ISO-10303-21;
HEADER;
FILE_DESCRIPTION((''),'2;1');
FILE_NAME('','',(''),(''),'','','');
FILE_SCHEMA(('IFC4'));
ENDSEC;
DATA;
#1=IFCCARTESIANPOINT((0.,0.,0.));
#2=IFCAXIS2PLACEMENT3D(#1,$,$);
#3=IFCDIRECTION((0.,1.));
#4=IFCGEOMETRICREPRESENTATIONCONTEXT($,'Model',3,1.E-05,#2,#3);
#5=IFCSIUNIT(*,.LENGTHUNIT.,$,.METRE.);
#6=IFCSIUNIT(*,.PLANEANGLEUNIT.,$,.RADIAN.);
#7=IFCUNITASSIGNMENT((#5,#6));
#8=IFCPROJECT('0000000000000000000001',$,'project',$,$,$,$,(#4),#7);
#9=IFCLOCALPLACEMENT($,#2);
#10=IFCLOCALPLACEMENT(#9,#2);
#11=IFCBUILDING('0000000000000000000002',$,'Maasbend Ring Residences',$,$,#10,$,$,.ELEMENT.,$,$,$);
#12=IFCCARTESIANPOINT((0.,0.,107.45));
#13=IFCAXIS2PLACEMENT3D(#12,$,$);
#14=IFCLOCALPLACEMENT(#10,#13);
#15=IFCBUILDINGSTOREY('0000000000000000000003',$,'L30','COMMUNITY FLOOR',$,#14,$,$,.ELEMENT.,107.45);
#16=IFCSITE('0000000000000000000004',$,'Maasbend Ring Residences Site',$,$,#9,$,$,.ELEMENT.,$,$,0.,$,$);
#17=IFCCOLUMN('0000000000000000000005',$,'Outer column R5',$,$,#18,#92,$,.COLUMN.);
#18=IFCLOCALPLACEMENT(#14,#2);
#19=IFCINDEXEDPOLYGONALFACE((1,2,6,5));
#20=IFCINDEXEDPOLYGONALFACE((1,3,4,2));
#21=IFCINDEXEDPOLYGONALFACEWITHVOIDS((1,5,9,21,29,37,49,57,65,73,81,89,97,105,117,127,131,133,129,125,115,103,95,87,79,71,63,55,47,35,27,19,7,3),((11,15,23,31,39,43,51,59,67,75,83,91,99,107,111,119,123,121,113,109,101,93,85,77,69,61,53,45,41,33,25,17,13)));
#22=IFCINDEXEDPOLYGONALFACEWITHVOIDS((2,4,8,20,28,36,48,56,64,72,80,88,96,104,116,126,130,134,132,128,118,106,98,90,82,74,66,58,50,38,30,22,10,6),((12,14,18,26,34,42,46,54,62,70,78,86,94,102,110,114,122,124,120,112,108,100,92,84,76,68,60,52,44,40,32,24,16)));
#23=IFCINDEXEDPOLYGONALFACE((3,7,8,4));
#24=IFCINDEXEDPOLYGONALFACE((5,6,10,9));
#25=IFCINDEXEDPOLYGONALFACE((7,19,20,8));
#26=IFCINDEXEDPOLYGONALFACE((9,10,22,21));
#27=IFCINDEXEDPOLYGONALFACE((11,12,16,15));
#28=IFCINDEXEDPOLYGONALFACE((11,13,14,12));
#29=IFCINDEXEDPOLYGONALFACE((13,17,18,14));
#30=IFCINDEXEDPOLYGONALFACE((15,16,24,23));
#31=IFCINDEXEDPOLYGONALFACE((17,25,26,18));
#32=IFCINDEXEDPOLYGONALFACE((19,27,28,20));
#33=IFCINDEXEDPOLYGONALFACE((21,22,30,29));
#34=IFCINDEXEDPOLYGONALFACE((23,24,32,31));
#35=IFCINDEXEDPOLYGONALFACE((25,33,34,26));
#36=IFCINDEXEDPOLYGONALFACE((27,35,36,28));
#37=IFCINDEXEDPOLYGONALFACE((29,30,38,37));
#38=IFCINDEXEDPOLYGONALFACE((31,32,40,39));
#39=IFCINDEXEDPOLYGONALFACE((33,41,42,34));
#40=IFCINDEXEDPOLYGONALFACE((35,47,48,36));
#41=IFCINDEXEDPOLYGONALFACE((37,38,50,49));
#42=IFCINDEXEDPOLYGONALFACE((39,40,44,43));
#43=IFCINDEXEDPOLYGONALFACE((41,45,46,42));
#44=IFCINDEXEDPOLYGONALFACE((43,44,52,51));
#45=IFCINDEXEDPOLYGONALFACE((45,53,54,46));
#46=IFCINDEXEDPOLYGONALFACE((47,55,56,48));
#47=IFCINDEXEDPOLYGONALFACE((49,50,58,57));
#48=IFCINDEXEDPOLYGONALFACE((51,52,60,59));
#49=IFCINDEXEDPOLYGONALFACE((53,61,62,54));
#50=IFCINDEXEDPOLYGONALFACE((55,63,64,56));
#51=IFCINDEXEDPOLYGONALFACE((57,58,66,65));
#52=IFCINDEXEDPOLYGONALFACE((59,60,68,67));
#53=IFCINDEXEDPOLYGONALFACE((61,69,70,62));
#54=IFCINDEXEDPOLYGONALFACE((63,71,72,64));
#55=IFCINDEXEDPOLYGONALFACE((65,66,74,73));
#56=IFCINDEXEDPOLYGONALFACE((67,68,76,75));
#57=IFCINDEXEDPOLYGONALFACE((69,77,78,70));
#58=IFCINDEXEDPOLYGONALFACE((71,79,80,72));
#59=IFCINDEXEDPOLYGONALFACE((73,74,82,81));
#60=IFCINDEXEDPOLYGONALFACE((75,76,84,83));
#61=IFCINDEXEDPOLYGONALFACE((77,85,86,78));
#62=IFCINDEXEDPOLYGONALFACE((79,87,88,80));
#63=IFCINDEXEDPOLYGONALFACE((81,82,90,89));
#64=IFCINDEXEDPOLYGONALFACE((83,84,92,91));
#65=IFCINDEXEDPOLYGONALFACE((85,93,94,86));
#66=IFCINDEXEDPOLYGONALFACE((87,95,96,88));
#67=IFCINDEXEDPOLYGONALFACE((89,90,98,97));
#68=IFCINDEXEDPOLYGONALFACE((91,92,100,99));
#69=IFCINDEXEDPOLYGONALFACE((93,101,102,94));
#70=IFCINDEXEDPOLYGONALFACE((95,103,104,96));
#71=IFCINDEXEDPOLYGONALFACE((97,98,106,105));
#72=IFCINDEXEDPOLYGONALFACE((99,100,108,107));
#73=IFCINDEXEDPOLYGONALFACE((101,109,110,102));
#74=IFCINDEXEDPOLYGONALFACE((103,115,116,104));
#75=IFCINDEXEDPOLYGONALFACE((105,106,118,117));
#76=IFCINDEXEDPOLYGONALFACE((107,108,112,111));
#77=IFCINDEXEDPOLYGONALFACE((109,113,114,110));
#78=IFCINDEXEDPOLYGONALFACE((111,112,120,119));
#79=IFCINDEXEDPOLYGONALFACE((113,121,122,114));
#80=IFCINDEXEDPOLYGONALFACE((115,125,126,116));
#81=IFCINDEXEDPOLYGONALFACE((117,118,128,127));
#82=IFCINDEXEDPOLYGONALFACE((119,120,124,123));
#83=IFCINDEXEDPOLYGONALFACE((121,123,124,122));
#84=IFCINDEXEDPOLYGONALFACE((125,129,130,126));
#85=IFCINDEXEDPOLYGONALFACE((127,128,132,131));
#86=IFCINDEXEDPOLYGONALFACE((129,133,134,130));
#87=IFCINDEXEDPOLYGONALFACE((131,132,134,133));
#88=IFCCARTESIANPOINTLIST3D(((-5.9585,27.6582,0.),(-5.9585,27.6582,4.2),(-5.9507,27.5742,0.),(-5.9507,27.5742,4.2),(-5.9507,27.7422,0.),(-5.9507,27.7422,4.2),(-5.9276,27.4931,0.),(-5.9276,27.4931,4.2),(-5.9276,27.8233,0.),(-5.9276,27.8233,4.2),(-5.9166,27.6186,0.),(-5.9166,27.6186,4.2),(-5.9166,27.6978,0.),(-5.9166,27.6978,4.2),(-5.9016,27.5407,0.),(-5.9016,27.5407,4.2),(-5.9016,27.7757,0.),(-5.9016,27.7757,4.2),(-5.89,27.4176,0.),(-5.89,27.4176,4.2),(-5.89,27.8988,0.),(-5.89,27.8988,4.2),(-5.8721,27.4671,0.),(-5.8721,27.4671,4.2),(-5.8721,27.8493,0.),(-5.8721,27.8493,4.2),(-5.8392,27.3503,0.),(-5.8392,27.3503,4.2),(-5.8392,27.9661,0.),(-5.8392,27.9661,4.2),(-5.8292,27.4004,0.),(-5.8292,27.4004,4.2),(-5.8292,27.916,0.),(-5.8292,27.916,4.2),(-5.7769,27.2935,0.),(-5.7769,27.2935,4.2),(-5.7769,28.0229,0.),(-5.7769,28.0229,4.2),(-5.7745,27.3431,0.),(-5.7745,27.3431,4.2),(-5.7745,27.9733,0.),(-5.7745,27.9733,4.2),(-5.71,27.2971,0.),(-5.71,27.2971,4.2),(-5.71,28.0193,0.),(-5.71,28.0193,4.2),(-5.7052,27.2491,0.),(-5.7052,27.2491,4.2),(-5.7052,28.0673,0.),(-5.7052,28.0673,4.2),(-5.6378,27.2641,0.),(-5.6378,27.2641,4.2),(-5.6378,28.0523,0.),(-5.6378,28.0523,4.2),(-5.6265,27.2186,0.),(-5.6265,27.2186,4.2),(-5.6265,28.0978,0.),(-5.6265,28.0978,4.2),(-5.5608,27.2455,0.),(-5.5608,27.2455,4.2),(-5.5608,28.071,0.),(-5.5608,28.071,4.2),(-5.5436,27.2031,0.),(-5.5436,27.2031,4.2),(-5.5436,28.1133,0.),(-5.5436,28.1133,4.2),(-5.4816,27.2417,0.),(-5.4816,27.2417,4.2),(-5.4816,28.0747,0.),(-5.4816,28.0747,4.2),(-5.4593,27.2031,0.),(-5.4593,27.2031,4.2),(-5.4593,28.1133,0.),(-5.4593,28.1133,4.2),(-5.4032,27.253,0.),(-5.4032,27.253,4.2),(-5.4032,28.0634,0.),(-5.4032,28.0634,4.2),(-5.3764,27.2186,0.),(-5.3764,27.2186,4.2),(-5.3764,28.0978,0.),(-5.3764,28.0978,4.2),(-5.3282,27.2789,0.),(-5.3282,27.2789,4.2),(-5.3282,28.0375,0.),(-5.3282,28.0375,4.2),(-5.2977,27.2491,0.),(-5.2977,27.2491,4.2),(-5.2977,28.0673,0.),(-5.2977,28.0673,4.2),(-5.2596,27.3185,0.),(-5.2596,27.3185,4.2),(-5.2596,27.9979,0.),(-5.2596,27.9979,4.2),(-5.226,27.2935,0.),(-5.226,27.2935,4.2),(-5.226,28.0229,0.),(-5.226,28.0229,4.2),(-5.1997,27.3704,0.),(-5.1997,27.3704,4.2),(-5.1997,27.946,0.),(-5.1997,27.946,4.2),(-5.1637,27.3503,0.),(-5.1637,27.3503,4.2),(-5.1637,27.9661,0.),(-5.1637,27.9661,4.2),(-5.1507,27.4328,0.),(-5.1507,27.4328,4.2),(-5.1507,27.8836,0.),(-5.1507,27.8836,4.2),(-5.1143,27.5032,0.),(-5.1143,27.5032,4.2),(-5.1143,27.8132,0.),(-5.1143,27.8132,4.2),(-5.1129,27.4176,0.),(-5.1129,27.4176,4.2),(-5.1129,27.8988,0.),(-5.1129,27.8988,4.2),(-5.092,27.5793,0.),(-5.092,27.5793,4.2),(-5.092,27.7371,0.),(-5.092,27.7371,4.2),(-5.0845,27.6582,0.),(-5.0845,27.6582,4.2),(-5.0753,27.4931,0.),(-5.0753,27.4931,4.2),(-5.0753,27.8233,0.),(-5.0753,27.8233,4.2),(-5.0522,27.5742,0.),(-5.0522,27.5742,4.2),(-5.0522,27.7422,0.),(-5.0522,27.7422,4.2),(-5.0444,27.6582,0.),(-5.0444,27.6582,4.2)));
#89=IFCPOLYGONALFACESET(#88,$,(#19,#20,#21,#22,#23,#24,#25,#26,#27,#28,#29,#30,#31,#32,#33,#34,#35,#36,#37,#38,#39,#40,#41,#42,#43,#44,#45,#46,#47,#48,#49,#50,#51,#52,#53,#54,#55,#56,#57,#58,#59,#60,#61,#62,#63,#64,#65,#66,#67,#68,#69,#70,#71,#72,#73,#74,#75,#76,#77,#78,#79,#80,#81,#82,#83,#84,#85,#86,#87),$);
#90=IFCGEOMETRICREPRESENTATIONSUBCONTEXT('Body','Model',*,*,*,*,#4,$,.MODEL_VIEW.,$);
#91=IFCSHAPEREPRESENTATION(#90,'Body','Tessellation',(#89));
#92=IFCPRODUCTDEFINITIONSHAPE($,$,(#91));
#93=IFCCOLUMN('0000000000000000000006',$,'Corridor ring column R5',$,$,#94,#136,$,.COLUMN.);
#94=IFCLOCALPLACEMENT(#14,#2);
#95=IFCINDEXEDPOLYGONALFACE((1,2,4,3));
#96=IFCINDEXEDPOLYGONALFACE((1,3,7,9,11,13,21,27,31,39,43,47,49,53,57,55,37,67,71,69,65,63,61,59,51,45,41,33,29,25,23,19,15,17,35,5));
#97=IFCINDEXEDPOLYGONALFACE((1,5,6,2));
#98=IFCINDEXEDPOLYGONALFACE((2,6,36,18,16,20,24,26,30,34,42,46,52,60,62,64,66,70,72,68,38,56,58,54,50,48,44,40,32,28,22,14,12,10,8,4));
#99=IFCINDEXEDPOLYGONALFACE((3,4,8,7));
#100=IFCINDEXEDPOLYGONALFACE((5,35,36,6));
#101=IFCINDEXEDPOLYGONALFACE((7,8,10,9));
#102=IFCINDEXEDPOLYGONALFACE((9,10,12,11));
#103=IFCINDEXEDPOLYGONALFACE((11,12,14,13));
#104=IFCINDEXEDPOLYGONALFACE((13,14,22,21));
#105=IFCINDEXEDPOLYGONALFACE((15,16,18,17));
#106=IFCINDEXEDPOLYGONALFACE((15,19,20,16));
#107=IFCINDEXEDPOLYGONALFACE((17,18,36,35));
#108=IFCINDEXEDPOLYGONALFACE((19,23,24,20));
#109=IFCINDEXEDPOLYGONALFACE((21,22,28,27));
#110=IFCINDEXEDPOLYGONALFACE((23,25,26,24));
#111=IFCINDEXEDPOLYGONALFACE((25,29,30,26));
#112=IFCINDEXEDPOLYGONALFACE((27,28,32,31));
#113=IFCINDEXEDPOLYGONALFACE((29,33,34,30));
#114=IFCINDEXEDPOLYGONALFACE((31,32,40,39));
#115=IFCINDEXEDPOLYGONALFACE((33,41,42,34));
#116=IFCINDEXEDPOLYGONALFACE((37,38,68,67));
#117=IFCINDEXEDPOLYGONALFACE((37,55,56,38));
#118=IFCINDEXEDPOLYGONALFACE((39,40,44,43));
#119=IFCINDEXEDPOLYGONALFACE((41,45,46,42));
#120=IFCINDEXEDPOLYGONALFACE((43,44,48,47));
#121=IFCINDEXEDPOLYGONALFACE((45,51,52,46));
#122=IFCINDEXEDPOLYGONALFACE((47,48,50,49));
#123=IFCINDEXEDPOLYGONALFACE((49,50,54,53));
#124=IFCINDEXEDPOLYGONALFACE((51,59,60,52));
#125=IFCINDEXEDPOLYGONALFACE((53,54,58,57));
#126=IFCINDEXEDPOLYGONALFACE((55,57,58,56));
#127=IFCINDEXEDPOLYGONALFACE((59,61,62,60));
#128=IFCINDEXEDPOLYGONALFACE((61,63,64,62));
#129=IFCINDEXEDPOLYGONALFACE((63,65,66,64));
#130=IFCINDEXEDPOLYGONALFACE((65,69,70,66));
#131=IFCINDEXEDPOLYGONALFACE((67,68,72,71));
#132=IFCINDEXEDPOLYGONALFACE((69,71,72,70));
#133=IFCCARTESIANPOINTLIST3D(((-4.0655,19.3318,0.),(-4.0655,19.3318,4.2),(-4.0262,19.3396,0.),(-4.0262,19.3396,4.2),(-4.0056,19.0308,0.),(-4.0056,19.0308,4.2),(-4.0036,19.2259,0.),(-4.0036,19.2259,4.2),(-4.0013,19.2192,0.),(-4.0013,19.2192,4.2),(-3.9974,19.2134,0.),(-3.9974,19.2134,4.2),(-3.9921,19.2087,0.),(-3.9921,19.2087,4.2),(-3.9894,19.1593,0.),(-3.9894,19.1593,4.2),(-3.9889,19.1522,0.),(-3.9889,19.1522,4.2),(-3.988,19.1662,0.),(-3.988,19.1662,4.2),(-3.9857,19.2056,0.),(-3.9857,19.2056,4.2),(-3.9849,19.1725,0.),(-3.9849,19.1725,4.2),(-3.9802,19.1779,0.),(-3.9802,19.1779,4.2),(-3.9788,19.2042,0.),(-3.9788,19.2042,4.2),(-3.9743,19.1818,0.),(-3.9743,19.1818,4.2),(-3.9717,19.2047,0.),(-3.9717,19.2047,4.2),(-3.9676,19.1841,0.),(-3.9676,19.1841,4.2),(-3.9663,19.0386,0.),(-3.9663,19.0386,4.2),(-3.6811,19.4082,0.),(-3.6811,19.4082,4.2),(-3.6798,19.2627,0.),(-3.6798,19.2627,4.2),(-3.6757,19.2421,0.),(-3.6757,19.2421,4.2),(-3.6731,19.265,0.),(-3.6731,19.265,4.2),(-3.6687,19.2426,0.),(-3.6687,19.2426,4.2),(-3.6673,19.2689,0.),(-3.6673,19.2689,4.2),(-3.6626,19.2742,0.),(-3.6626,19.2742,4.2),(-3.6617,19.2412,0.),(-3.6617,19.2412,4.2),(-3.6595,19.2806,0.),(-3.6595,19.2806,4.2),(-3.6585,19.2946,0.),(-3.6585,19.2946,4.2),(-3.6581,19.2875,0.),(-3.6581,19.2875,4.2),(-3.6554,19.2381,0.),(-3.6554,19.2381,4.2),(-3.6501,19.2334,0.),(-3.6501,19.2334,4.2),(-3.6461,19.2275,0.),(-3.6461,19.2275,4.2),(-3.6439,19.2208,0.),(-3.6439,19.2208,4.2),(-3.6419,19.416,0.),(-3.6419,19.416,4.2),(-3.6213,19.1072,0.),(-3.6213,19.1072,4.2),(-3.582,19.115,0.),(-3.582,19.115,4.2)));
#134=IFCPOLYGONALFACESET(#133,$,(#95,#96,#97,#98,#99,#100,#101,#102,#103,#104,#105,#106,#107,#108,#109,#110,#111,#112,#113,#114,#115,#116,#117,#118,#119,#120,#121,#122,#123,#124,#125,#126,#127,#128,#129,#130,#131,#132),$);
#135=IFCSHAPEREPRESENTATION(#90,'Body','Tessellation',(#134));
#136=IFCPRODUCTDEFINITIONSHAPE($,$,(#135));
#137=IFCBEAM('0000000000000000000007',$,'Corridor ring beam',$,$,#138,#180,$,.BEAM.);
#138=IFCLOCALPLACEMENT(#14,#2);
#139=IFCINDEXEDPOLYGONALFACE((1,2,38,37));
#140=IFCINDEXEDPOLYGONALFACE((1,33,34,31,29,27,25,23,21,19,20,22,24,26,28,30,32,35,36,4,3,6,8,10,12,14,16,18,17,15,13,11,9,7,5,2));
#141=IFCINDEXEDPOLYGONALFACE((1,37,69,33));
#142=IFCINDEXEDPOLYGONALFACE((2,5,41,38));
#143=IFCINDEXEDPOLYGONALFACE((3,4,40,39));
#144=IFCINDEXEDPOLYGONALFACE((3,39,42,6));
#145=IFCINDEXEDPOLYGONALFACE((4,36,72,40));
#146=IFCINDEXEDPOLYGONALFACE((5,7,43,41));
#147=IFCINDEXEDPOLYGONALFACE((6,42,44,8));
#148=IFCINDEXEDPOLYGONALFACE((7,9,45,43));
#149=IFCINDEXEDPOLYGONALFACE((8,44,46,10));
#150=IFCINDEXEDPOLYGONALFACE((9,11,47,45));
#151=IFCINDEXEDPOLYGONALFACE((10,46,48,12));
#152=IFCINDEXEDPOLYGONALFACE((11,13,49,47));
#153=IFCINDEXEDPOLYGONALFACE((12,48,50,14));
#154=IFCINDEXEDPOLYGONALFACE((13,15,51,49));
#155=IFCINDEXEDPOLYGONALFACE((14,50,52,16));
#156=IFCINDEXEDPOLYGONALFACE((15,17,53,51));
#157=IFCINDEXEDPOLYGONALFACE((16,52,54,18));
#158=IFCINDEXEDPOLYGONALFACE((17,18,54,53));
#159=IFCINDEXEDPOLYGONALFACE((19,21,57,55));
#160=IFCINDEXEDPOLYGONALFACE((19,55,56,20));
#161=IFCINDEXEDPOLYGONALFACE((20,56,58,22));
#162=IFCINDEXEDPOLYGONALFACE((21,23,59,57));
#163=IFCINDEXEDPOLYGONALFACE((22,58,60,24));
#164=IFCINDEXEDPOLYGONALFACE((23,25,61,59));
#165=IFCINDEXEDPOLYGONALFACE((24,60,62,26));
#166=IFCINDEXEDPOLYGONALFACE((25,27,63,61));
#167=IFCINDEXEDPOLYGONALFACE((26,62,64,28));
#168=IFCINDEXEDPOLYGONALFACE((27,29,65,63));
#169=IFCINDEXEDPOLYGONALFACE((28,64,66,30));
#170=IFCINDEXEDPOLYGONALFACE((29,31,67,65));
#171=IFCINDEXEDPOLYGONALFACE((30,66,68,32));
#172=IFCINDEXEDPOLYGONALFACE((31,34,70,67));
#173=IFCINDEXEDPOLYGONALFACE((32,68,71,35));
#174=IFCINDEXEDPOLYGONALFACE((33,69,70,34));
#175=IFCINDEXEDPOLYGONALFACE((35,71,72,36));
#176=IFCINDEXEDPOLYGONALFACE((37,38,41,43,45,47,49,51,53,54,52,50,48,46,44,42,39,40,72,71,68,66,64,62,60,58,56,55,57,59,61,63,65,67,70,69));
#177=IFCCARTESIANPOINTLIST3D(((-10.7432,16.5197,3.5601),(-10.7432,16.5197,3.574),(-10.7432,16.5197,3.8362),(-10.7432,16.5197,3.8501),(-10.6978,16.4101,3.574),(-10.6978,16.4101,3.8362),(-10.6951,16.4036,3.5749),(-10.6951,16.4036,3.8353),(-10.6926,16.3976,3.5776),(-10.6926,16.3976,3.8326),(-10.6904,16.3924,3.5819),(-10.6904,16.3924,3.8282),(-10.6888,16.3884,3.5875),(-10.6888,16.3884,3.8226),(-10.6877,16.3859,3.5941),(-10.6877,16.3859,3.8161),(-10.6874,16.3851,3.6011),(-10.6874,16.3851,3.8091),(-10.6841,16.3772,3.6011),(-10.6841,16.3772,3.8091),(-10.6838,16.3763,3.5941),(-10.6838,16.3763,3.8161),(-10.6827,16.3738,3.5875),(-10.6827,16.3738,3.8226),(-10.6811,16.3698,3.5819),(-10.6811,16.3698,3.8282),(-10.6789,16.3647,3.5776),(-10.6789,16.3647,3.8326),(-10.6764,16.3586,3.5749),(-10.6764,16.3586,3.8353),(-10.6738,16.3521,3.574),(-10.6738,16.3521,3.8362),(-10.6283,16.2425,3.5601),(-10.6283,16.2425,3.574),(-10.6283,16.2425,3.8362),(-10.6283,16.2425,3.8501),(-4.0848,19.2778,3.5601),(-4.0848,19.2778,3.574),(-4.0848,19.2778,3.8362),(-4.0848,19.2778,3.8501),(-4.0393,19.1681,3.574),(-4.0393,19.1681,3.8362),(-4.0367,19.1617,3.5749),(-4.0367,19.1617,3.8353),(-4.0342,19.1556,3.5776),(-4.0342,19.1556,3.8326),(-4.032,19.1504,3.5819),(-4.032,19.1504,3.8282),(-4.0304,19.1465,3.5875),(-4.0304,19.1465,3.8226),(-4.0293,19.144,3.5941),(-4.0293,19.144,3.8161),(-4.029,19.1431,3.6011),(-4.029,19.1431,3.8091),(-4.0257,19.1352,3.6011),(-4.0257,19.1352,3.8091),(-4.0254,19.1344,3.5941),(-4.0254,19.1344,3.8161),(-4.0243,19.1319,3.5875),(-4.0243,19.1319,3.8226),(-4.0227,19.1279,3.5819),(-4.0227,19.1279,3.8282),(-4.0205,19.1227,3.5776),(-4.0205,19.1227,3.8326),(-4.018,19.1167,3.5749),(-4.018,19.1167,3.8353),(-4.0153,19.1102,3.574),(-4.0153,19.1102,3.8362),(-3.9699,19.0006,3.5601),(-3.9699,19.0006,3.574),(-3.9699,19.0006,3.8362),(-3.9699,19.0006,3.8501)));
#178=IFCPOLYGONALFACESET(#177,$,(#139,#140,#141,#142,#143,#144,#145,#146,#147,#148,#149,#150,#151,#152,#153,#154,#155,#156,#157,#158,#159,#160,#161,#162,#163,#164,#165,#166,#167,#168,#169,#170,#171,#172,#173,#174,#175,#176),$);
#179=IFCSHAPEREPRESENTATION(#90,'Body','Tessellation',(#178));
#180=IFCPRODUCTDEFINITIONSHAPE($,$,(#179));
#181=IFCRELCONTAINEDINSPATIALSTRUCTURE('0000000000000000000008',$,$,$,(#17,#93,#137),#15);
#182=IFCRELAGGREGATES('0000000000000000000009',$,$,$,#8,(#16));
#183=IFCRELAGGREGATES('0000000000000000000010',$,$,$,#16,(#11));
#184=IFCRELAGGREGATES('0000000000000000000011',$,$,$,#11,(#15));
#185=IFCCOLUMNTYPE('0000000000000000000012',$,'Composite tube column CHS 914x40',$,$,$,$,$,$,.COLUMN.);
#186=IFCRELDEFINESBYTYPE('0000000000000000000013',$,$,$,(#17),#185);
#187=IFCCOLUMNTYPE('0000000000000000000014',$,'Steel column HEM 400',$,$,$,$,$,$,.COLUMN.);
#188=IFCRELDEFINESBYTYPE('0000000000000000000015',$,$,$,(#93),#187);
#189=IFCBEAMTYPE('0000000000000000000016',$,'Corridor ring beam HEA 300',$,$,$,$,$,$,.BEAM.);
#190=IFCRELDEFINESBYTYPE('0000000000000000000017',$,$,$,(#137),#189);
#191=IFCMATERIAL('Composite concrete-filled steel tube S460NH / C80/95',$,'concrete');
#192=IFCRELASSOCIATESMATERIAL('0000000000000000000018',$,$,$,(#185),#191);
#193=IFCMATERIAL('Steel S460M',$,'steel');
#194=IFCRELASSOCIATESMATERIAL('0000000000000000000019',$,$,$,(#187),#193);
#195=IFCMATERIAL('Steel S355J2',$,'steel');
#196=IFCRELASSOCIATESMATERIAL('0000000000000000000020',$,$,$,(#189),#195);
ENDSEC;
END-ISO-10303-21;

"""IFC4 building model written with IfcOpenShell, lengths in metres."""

from ifc_helpers import new_model, si_unit, direction, frame, origin, origin_2d, place, context, subcontext, project, spatial, hollow_circle, i_section, extrude, material, material_profile, profile_set, type_object, element, save


model = new_model("IFC4")

# Units and contexts
model_context = context("Model", 3, precision=1e-05, world=origin(), true_north=direction((0.0, 1.0)))
body_context = subcontext(model_context, "Body", "Model", "MODEL_VIEW")
ifc_project = project(units=[si_unit("LENGTHUNIT", "METRE"), si_unit("PLANEANGLEUNIT", "RADIAN")], contexts=[model_context])

# Site, building, storey
site_placement = place(None, origin())
site = spatial("IfcSite", under=ifc_project, at=site_placement, Name="Maasbend Ring Residences Site", CompositionType="ELEMENT", RefElevation=0.0)
building_placement = place(site_placement, origin())
building = spatial("IfcBuilding", under=site, at=building_placement, Name="Maasbend Ring Residences", CompositionType="ELEMENT")
storey_placement = place(building_placement, frame((0.0, 0.0, 107.45)))
storey = spatial("IfcBuildingStorey", under=building, at=storey_placement, Name="L30", Description="COMMUNITY FLOOR", CompositionType="ELEMENT", Elevation=107.45)

# Columns
ifc_material_1 = material(Name="Composite concrete-filled steel tube S460NH / C80/95", Category="concrete")
ifc_material_profile_1 = material_profile(ifc_material_1, hollow_circle(Radius=0.457, WallThickness=0.04, at=origin_2d()), Name="Composite tube column CHS 914x40")
ifc_profile_set_1 = profile_set([ifc_material_profile_1], Name="Composite concrete-filled steel tube S460NH / C80/95")
column_type_1 = type_object("IfcColumnType", Name="Composite tube column CHS 914x40", PredefinedType="COLUMN", material=ifc_profile_set_1)
column_1_placement = place(storey_placement, frame((-5.5015, 27.6582, 0.0), z_axis=(0.0, 0.0, 1.0), x_axis=(1.0, 0.0, 0.0)))
element("IfcColumn", 1, at=column_1_placement, inside=storey, type_object=column_type_1, Name="Outer column R5", PredefinedType="COLUMN", context=body_context, shape_type="SweptSolid", body=[
    extrude(hollow_circle(Radius=0.457, WallThickness=0.04, at=origin_2d()), origin(), (0.0, 0.0, 1.0), 4.2),
])
ifc_material_2 = material(Name="Steel S460M", Category="steel")
ifc_material_profile_2 = material_profile(ifc_material_2, i_section(OverallWidth=0.3069, OverallDepth=0.4319, WebThickness=0.021, FlangeThickness=0.04, FilletRadius=0.0271, at=origin_2d()), Name="HEM 400")
ifc_profile_set_2 = profile_set([ifc_material_profile_2], Name="Steel S460M")
column_type_2 = type_object("IfcColumnType", Name="Steel column HEM 400", PredefinedType="COLUMN", material=ifc_profile_set_2)
column_2_placement = place(storey_placement, frame((-3.8237, 19.2234, 0.0), z_axis=(0.0, 0.0, 1.0), x_axis=(-0.19509, 0.980785, 0.0)))
element("IfcColumn", 2, at=column_2_placement, inside=storey, type_object=column_type_2, Name="Corridor ring column R5", PredefinedType="COLUMN", context=body_context, shape_type="SweptSolid", body=[
    extrude(i_section(OverallWidth=0.3069, OverallDepth=0.4319, WebThickness=0.021, FlangeThickness=0.04, FilletRadius=0.0271, at=origin_2d()), origin(), (0.0, 0.0, 1.0), 4.2),
])

# Beam
ifc_material_3 = material(Name="Steel S355J2", Category="steel")
ifc_material_profile_3 = material_profile(ifc_material_3, i_section(OverallWidth=0.3, OverallDepth=0.29, WebThickness=0.0085, FlangeThickness=0.0139, FilletRadius=0.0271, at=origin_2d()), Name="HEA 300")
ifc_profile_set_3 = profile_set([ifc_material_profile_3], Name="Steel S355J2")
beam_type_1 = type_object("IfcBeamType", Name="Corridor ring beam HEA 300", PredefinedType="BEAM", material=ifc_profile_set_3)
beam_1_placement = place(storey_placement, frame((-4.0273, 19.1392, 3.7051), z_axis=(-0.923878, -0.382688, 0.0), x_axis=(0.382688, -0.923878, 0.0)))
element("IfcBeam", 3, at=beam_1_placement, inside=storey, type_object=beam_type_1, Name="Corridor ring beam", PredefinedType="BEAM", context=body_context, shape_type="SweptSolid", body=[
    extrude(i_section(OverallWidth=0.3, OverallDepth=0.29, WebThickness=0.0085, FlangeThickness=0.0139, FilletRadius=0.0271, at=origin_2d()), origin(), (0.0, 0.0, 1.0), 7.207),
])

save(model, "model.ifc")
